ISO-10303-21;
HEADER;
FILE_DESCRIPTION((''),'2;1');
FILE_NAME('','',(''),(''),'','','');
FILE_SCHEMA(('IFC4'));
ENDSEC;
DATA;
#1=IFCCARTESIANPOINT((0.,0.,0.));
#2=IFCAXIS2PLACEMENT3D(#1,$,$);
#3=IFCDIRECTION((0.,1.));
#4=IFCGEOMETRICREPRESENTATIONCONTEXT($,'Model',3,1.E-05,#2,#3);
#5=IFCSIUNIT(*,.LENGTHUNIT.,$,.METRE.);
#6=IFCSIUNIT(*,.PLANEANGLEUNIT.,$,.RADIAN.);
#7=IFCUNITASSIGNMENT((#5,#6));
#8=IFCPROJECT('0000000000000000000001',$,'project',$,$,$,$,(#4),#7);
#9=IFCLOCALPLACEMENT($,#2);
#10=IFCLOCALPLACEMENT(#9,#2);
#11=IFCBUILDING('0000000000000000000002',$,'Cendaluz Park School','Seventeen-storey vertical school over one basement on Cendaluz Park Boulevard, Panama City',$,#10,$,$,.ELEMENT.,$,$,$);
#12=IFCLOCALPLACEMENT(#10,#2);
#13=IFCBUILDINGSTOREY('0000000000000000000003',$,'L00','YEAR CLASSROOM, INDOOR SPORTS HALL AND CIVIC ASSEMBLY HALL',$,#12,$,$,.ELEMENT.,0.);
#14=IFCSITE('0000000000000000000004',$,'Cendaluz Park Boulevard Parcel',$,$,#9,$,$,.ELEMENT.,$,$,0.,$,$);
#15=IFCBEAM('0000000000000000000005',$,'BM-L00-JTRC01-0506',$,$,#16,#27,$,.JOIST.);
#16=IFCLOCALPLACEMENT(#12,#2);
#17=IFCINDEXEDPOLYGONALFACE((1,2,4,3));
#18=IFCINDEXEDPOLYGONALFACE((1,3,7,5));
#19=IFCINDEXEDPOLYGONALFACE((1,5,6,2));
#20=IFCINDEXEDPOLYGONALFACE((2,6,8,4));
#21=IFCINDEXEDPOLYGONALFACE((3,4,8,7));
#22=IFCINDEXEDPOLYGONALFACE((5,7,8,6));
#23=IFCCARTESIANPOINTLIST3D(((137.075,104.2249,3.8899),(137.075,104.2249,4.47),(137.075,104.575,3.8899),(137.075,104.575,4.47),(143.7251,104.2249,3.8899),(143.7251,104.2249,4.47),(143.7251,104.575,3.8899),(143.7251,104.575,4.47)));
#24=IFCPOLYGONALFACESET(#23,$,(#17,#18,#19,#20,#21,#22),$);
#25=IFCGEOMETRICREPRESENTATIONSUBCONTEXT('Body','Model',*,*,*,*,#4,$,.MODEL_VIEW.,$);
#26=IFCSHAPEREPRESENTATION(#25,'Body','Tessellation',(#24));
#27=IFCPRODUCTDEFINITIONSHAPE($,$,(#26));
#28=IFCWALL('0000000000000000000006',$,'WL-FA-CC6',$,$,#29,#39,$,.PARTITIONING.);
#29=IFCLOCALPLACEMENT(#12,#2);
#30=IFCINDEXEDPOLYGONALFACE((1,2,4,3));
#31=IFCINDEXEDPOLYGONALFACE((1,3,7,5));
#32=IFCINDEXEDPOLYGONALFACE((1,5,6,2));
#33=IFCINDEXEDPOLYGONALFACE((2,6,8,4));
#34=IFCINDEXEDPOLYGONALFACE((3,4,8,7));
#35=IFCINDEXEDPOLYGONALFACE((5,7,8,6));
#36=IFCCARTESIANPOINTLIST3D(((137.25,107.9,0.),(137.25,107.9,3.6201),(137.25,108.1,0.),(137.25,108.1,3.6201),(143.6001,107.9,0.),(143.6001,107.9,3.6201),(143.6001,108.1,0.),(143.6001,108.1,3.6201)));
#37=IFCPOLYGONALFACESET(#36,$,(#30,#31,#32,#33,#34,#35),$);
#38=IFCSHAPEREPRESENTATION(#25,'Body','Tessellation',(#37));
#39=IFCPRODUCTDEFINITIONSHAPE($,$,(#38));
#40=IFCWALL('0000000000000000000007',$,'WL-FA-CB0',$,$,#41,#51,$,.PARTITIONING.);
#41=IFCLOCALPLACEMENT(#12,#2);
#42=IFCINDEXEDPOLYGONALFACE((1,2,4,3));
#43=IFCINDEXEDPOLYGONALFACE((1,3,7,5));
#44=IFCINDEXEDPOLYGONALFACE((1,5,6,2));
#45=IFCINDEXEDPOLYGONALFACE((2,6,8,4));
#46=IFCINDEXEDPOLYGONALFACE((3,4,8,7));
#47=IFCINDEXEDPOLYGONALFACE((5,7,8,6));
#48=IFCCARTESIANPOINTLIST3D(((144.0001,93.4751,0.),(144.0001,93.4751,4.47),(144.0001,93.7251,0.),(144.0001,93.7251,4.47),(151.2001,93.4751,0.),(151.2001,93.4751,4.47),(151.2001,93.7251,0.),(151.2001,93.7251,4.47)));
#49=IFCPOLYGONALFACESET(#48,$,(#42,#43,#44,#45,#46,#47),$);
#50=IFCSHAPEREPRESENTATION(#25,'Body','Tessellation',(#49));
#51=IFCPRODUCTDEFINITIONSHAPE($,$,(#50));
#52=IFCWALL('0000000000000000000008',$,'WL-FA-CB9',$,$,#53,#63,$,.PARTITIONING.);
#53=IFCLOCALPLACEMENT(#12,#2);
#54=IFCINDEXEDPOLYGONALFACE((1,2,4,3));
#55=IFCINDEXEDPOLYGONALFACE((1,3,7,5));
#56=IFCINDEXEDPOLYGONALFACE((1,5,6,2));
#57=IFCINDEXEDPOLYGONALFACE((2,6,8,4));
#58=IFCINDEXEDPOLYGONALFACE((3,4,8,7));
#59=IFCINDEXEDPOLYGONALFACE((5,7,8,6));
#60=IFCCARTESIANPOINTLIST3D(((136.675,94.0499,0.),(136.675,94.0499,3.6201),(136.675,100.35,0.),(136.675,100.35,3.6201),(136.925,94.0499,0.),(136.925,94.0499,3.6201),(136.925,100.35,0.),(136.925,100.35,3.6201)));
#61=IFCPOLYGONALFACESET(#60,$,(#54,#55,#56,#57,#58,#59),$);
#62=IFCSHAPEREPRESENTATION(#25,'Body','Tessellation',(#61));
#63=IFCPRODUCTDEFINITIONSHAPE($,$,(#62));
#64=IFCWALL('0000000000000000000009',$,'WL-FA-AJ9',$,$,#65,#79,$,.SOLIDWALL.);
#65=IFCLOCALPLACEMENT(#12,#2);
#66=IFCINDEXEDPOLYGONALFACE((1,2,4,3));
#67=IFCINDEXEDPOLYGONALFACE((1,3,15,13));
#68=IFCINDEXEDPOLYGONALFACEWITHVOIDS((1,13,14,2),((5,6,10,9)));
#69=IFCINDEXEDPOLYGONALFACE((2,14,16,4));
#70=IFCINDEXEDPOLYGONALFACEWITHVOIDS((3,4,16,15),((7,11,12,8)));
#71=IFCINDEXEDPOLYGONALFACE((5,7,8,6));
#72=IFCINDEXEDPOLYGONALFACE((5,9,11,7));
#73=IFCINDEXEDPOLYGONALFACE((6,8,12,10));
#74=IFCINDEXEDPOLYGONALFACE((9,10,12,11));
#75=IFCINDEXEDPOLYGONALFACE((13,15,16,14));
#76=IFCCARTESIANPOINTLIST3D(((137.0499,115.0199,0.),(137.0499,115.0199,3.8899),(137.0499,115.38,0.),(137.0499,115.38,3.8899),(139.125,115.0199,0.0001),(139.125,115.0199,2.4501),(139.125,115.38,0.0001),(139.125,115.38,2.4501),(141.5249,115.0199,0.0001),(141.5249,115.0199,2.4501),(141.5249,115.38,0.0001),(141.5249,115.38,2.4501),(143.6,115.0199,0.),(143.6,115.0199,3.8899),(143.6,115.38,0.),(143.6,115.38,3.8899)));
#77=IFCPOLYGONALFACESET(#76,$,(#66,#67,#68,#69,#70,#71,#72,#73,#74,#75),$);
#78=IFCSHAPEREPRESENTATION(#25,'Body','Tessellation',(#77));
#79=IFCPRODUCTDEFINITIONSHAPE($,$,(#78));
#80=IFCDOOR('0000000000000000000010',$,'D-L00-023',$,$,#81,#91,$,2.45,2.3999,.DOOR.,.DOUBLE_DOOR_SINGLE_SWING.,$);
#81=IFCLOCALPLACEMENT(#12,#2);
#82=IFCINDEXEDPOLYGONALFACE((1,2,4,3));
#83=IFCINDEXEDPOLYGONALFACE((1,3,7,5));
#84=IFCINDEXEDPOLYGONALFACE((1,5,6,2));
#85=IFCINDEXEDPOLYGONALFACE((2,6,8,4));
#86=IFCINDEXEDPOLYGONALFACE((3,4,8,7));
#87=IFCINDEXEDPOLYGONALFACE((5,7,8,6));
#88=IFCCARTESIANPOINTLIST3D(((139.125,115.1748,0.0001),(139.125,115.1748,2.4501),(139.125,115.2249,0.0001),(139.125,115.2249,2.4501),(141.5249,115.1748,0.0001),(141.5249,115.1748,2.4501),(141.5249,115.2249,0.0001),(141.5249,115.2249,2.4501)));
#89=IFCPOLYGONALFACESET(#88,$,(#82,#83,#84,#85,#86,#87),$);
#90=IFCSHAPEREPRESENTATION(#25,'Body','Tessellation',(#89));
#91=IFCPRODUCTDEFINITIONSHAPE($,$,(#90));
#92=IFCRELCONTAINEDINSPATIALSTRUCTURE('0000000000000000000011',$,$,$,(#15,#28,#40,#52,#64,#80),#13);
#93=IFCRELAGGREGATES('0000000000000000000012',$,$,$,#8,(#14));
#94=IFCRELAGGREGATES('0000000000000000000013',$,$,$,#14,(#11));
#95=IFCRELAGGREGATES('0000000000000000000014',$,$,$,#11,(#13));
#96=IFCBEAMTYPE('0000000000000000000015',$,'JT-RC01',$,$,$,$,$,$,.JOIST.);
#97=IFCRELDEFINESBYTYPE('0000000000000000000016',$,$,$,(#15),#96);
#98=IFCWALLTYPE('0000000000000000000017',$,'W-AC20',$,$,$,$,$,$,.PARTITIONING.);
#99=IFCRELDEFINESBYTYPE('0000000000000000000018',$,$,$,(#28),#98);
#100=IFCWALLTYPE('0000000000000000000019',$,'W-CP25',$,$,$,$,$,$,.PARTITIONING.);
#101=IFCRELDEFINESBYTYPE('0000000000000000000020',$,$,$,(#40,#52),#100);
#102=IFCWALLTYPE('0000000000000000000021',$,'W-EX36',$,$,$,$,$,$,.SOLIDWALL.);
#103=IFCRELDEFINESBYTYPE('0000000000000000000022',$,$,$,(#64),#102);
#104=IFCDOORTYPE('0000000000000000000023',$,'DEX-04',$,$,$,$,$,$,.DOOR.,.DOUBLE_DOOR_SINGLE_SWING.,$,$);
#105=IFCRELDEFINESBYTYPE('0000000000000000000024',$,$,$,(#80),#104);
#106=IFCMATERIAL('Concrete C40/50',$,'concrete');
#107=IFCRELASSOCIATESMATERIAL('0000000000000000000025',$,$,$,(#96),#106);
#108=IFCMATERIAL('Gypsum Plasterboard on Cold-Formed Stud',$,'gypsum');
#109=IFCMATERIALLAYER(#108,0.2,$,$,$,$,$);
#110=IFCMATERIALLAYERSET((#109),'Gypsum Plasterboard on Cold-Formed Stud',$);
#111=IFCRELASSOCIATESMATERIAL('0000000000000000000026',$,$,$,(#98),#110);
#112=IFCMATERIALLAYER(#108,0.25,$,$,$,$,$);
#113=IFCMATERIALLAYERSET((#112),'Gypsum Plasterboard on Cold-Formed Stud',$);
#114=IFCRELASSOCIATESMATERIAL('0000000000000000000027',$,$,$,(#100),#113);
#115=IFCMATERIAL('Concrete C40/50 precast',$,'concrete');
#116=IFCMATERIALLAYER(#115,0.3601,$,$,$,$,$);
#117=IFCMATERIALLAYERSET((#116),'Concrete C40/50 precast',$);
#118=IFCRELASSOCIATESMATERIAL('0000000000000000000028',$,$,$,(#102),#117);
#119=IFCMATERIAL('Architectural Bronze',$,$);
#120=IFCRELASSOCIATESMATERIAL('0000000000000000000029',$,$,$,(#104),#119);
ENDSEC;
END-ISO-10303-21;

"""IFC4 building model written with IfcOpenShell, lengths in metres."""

from ifc_helpers import new_model, si_unit, direction, frame, frame_2d, origin, origin_2d, place, context, subcontext, project, spatial, rectangle, extrude, material, layer, layer_set, material_profile, profile_set, type_object, element, fill, save


model = new_model("IFC4")

# Units and contexts
model_context = context("Model", 3, precision=1e-05, world=origin(), true_north=direction((0.0, 1.0)))
body_context = subcontext(model_context, "Body", "Model", "MODEL_VIEW")
ifc_project = project(units=[si_unit("LENGTHUNIT", "METRE"), si_unit("PLANEANGLEUNIT", "RADIAN")], contexts=[model_context])

# Site, building, storey
site_placement = place(None, origin())
site = spatial("IfcSite", under=ifc_project, at=site_placement, Name="Cendaluz Park Boulevard Parcel", CompositionType="ELEMENT", RefElevation=0.0)
building_placement = place(site_placement, origin())
building = spatial("IfcBuilding", under=site, at=building_placement, Name="Cendaluz Park School", Description="Seventeen-storey vertical school over one basement on Cendaluz Park Boulevard, Panama City", CompositionType="ELEMENT")
storey_placement = place(building_placement, origin())
storey = spatial("IfcBuildingStorey", under=building, at=storey_placement, Name="L00", Description="YEAR CLASSROOM, INDOOR SPORTS HALL AND CIVIC ASSEMBLY HALL", CompositionType="ELEMENT", Elevation=0.0)

# Shared definitions
ifc_material_1 = material(Name="Concrete C40/50", Category="concrete")

# Beam
ifc_material_profile_1 = material_profile(ifc_material_1, rectangle(XDim=0.3501, YDim=0.5801, at=origin_2d()), Name="RC 350x580", Category="concrete")
ifc_profile_set_1 = profile_set([ifc_material_profile_1], Name="Concrete C40/50")
beam_type_1 = type_object("IfcBeamType", Name="JT-RC01", PredefinedType="JOIST", material=ifc_profile_set_1)
beam_1_placement = place(storey_placement, frame((137.075, 104.3999, 4.1799), z_axis=(1.0, 0.0, 0.0), x_axis=(0.0, 1.0, 0.0)))
element("IfcBeam", 1, at=beam_1_placement, inside=storey, type_object=beam_type_1, Name="BM-L00-JTRC01-0506", PredefinedType="JOIST", context=body_context, shape_type="SweptSolid", body=[
    extrude(rectangle(XDim=0.3501, YDim=0.5801, at=origin_2d()), origin(), (0.0, 0.0, 1.0), 6.6501),
])

# Walls
ifc_material_2 = material(Name="Gypsum Plasterboard on Cold-Formed Stud", Category="gypsum")
ifc_layer_1 = layer(ifc_material_2, 0.2)
ifc_layer_set_1 = layer_set([ifc_layer_1], Name="Gypsum Plasterboard on Cold-Formed Stud")
wall_type_1 = type_object("IfcWallType", Name="W-AC20", PredefinedType="PARTITIONING", material=ifc_layer_set_1)
wall_1_placement = place(storey_placement, frame((137.25, 108.0, 0.0), z_axis=(0.0, 0.0, 1.0), x_axis=(1.0, 0.0, 0.0)))
element("IfcWall", 2, at=wall_1_placement, inside=storey, type_object=wall_type_1, Name="WL-FA-CC6", PredefinedType="PARTITIONING", context=body_context, shape_type="SweptSolid", body=[
    extrude(rectangle(XDim=6.3501, YDim=0.2, at=frame_2d((3.175, 0.0))), origin(), (0.0, 0.0, 1.0), 3.6201),
])
ifc_layer_2 = layer(ifc_material_2, 0.25)
ifc_layer_set_2 = layer_set([ifc_layer_2], Name="Gypsum Plasterboard on Cold-Formed Stud")
wall_type_2 = type_object("IfcWallType", Name="W-CP25", PredefinedType="PARTITIONING", material=ifc_layer_set_2)
wall_2_placement = place(storey_placement, frame((144.0, 93.6001, 0.0), z_axis=(0.0, 0.0, 1.0), x_axis=(1.0, 0.0, 0.0)))
element("IfcWall", 3, at=wall_2_placement, inside=storey, type_object=wall_type_2, Name="WL-FA-CB0", PredefinedType="PARTITIONING", context=body_context, shape_type="SweptSolid", body=[
    extrude(rectangle(XDim=7.2, YDim=0.25, at=frame_2d((3.6001, 0.0))), origin(), (0.0, 0.0, 1.0), 4.47),
])

# Wall
wall_3_placement = place(storey_placement, frame((136.8, 94.05, 0.0), z_axis=(0.0, 0.0, 1.0), x_axis=(0.0, 1.0, 0.0)))
element("IfcWall", 4, at=wall_3_placement, inside=storey, type_object=wall_type_2, Name="WL-FA-CB9", PredefinedType="PARTITIONING", context=body_context, shape_type="SweptSolid", body=[
    extrude(rectangle(XDim=6.3, YDim=0.25, at=frame_2d((3.1499, 0.0))), origin(), (0.0, 0.0, 1.0), 3.6201),
])

# Wall, opening, door
ifc_material_3 = material(Name="Concrete C40/50 precast", Category="concrete")
ifc_layer_3 = layer(ifc_material_3, 0.3601)
ifc_layer_set_3 = layer_set([ifc_layer_3], Name="Concrete C40/50 precast")
wall_type_3 = type_object("IfcWallType", Name="W-EX36", PredefinedType="SOLIDWALL", material=ifc_layer_set_3)
wall_4_placement = place(storey_placement, frame((137.05, 115.2, 0.0), z_axis=(0.0, 0.0, 1.0), x_axis=(1.0, 0.0, 0.0)))
wall_4 = element("IfcWall", 5, at=wall_4_placement, inside=storey, type_object=wall_type_3, Name="WL-FA-AJ9", PredefinedType="SOLIDWALL", context=body_context, shape_type="SweptSolid", body=[
    extrude(rectangle(XDim=6.55, YDim=0.3601, at=frame_2d((3.2749, 0.0))), origin(), (0.0, 0.0, 1.0), 3.8899),
])
opening_1_placement = place(wall_4_placement, frame((2.075, 0.0, 0.0)))
opening_1 = element("IfcOpeningElement", 6, at=opening_1_placement, cuts=wall_4, PredefinedType="OPENING", context=body_context, shape_type="SweptSolid", body=[
    extrude(rectangle(XDim=2.3999, YDim=2.45, at=frame_2d((1.2, 1.2251))), frame((0.0, 0.1921, 0.0), z_axis=(0.0, -1.0, 0.0), x_axis=(1.0, 0.0, 0.0)), (0.0, 0.0, 1.0), 0.384),
])
ifc_material_4 = material(Name="Architectural Bronze")
door_type_1 = type_object("IfcDoorType", Name="DEX-04", OperationType="DOUBLE_DOOR_SINGLE_SWING", PredefinedType="DOOR", material=ifc_material_4)
door_1_placement = place(opening_1_placement, origin())
door_1 = element("IfcDoor", 7, at=door_1_placement, inside=storey, type_object=door_type_1, Name="D-L00-023", OperationType="DOUBLE_DOOR_SINGLE_SWING", OverallHeight=2.45, OverallWidth=2.3999, PredefinedType="DOOR", context=body_context, shape_type="SweptSolid", body=[
    extrude(rectangle(XDim=2.3999, YDim=2.45, at=frame_2d((1.2, 1.2251))), frame((0.0, 0.0249, 0.0), z_axis=(0.0, -1.0, 0.0), x_axis=(1.0, 0.0, 0.0)), (0.0, 0.0, 1.0), 0.05),
])
fill(opening_1, door_1)

save(model, "model.ifc")
